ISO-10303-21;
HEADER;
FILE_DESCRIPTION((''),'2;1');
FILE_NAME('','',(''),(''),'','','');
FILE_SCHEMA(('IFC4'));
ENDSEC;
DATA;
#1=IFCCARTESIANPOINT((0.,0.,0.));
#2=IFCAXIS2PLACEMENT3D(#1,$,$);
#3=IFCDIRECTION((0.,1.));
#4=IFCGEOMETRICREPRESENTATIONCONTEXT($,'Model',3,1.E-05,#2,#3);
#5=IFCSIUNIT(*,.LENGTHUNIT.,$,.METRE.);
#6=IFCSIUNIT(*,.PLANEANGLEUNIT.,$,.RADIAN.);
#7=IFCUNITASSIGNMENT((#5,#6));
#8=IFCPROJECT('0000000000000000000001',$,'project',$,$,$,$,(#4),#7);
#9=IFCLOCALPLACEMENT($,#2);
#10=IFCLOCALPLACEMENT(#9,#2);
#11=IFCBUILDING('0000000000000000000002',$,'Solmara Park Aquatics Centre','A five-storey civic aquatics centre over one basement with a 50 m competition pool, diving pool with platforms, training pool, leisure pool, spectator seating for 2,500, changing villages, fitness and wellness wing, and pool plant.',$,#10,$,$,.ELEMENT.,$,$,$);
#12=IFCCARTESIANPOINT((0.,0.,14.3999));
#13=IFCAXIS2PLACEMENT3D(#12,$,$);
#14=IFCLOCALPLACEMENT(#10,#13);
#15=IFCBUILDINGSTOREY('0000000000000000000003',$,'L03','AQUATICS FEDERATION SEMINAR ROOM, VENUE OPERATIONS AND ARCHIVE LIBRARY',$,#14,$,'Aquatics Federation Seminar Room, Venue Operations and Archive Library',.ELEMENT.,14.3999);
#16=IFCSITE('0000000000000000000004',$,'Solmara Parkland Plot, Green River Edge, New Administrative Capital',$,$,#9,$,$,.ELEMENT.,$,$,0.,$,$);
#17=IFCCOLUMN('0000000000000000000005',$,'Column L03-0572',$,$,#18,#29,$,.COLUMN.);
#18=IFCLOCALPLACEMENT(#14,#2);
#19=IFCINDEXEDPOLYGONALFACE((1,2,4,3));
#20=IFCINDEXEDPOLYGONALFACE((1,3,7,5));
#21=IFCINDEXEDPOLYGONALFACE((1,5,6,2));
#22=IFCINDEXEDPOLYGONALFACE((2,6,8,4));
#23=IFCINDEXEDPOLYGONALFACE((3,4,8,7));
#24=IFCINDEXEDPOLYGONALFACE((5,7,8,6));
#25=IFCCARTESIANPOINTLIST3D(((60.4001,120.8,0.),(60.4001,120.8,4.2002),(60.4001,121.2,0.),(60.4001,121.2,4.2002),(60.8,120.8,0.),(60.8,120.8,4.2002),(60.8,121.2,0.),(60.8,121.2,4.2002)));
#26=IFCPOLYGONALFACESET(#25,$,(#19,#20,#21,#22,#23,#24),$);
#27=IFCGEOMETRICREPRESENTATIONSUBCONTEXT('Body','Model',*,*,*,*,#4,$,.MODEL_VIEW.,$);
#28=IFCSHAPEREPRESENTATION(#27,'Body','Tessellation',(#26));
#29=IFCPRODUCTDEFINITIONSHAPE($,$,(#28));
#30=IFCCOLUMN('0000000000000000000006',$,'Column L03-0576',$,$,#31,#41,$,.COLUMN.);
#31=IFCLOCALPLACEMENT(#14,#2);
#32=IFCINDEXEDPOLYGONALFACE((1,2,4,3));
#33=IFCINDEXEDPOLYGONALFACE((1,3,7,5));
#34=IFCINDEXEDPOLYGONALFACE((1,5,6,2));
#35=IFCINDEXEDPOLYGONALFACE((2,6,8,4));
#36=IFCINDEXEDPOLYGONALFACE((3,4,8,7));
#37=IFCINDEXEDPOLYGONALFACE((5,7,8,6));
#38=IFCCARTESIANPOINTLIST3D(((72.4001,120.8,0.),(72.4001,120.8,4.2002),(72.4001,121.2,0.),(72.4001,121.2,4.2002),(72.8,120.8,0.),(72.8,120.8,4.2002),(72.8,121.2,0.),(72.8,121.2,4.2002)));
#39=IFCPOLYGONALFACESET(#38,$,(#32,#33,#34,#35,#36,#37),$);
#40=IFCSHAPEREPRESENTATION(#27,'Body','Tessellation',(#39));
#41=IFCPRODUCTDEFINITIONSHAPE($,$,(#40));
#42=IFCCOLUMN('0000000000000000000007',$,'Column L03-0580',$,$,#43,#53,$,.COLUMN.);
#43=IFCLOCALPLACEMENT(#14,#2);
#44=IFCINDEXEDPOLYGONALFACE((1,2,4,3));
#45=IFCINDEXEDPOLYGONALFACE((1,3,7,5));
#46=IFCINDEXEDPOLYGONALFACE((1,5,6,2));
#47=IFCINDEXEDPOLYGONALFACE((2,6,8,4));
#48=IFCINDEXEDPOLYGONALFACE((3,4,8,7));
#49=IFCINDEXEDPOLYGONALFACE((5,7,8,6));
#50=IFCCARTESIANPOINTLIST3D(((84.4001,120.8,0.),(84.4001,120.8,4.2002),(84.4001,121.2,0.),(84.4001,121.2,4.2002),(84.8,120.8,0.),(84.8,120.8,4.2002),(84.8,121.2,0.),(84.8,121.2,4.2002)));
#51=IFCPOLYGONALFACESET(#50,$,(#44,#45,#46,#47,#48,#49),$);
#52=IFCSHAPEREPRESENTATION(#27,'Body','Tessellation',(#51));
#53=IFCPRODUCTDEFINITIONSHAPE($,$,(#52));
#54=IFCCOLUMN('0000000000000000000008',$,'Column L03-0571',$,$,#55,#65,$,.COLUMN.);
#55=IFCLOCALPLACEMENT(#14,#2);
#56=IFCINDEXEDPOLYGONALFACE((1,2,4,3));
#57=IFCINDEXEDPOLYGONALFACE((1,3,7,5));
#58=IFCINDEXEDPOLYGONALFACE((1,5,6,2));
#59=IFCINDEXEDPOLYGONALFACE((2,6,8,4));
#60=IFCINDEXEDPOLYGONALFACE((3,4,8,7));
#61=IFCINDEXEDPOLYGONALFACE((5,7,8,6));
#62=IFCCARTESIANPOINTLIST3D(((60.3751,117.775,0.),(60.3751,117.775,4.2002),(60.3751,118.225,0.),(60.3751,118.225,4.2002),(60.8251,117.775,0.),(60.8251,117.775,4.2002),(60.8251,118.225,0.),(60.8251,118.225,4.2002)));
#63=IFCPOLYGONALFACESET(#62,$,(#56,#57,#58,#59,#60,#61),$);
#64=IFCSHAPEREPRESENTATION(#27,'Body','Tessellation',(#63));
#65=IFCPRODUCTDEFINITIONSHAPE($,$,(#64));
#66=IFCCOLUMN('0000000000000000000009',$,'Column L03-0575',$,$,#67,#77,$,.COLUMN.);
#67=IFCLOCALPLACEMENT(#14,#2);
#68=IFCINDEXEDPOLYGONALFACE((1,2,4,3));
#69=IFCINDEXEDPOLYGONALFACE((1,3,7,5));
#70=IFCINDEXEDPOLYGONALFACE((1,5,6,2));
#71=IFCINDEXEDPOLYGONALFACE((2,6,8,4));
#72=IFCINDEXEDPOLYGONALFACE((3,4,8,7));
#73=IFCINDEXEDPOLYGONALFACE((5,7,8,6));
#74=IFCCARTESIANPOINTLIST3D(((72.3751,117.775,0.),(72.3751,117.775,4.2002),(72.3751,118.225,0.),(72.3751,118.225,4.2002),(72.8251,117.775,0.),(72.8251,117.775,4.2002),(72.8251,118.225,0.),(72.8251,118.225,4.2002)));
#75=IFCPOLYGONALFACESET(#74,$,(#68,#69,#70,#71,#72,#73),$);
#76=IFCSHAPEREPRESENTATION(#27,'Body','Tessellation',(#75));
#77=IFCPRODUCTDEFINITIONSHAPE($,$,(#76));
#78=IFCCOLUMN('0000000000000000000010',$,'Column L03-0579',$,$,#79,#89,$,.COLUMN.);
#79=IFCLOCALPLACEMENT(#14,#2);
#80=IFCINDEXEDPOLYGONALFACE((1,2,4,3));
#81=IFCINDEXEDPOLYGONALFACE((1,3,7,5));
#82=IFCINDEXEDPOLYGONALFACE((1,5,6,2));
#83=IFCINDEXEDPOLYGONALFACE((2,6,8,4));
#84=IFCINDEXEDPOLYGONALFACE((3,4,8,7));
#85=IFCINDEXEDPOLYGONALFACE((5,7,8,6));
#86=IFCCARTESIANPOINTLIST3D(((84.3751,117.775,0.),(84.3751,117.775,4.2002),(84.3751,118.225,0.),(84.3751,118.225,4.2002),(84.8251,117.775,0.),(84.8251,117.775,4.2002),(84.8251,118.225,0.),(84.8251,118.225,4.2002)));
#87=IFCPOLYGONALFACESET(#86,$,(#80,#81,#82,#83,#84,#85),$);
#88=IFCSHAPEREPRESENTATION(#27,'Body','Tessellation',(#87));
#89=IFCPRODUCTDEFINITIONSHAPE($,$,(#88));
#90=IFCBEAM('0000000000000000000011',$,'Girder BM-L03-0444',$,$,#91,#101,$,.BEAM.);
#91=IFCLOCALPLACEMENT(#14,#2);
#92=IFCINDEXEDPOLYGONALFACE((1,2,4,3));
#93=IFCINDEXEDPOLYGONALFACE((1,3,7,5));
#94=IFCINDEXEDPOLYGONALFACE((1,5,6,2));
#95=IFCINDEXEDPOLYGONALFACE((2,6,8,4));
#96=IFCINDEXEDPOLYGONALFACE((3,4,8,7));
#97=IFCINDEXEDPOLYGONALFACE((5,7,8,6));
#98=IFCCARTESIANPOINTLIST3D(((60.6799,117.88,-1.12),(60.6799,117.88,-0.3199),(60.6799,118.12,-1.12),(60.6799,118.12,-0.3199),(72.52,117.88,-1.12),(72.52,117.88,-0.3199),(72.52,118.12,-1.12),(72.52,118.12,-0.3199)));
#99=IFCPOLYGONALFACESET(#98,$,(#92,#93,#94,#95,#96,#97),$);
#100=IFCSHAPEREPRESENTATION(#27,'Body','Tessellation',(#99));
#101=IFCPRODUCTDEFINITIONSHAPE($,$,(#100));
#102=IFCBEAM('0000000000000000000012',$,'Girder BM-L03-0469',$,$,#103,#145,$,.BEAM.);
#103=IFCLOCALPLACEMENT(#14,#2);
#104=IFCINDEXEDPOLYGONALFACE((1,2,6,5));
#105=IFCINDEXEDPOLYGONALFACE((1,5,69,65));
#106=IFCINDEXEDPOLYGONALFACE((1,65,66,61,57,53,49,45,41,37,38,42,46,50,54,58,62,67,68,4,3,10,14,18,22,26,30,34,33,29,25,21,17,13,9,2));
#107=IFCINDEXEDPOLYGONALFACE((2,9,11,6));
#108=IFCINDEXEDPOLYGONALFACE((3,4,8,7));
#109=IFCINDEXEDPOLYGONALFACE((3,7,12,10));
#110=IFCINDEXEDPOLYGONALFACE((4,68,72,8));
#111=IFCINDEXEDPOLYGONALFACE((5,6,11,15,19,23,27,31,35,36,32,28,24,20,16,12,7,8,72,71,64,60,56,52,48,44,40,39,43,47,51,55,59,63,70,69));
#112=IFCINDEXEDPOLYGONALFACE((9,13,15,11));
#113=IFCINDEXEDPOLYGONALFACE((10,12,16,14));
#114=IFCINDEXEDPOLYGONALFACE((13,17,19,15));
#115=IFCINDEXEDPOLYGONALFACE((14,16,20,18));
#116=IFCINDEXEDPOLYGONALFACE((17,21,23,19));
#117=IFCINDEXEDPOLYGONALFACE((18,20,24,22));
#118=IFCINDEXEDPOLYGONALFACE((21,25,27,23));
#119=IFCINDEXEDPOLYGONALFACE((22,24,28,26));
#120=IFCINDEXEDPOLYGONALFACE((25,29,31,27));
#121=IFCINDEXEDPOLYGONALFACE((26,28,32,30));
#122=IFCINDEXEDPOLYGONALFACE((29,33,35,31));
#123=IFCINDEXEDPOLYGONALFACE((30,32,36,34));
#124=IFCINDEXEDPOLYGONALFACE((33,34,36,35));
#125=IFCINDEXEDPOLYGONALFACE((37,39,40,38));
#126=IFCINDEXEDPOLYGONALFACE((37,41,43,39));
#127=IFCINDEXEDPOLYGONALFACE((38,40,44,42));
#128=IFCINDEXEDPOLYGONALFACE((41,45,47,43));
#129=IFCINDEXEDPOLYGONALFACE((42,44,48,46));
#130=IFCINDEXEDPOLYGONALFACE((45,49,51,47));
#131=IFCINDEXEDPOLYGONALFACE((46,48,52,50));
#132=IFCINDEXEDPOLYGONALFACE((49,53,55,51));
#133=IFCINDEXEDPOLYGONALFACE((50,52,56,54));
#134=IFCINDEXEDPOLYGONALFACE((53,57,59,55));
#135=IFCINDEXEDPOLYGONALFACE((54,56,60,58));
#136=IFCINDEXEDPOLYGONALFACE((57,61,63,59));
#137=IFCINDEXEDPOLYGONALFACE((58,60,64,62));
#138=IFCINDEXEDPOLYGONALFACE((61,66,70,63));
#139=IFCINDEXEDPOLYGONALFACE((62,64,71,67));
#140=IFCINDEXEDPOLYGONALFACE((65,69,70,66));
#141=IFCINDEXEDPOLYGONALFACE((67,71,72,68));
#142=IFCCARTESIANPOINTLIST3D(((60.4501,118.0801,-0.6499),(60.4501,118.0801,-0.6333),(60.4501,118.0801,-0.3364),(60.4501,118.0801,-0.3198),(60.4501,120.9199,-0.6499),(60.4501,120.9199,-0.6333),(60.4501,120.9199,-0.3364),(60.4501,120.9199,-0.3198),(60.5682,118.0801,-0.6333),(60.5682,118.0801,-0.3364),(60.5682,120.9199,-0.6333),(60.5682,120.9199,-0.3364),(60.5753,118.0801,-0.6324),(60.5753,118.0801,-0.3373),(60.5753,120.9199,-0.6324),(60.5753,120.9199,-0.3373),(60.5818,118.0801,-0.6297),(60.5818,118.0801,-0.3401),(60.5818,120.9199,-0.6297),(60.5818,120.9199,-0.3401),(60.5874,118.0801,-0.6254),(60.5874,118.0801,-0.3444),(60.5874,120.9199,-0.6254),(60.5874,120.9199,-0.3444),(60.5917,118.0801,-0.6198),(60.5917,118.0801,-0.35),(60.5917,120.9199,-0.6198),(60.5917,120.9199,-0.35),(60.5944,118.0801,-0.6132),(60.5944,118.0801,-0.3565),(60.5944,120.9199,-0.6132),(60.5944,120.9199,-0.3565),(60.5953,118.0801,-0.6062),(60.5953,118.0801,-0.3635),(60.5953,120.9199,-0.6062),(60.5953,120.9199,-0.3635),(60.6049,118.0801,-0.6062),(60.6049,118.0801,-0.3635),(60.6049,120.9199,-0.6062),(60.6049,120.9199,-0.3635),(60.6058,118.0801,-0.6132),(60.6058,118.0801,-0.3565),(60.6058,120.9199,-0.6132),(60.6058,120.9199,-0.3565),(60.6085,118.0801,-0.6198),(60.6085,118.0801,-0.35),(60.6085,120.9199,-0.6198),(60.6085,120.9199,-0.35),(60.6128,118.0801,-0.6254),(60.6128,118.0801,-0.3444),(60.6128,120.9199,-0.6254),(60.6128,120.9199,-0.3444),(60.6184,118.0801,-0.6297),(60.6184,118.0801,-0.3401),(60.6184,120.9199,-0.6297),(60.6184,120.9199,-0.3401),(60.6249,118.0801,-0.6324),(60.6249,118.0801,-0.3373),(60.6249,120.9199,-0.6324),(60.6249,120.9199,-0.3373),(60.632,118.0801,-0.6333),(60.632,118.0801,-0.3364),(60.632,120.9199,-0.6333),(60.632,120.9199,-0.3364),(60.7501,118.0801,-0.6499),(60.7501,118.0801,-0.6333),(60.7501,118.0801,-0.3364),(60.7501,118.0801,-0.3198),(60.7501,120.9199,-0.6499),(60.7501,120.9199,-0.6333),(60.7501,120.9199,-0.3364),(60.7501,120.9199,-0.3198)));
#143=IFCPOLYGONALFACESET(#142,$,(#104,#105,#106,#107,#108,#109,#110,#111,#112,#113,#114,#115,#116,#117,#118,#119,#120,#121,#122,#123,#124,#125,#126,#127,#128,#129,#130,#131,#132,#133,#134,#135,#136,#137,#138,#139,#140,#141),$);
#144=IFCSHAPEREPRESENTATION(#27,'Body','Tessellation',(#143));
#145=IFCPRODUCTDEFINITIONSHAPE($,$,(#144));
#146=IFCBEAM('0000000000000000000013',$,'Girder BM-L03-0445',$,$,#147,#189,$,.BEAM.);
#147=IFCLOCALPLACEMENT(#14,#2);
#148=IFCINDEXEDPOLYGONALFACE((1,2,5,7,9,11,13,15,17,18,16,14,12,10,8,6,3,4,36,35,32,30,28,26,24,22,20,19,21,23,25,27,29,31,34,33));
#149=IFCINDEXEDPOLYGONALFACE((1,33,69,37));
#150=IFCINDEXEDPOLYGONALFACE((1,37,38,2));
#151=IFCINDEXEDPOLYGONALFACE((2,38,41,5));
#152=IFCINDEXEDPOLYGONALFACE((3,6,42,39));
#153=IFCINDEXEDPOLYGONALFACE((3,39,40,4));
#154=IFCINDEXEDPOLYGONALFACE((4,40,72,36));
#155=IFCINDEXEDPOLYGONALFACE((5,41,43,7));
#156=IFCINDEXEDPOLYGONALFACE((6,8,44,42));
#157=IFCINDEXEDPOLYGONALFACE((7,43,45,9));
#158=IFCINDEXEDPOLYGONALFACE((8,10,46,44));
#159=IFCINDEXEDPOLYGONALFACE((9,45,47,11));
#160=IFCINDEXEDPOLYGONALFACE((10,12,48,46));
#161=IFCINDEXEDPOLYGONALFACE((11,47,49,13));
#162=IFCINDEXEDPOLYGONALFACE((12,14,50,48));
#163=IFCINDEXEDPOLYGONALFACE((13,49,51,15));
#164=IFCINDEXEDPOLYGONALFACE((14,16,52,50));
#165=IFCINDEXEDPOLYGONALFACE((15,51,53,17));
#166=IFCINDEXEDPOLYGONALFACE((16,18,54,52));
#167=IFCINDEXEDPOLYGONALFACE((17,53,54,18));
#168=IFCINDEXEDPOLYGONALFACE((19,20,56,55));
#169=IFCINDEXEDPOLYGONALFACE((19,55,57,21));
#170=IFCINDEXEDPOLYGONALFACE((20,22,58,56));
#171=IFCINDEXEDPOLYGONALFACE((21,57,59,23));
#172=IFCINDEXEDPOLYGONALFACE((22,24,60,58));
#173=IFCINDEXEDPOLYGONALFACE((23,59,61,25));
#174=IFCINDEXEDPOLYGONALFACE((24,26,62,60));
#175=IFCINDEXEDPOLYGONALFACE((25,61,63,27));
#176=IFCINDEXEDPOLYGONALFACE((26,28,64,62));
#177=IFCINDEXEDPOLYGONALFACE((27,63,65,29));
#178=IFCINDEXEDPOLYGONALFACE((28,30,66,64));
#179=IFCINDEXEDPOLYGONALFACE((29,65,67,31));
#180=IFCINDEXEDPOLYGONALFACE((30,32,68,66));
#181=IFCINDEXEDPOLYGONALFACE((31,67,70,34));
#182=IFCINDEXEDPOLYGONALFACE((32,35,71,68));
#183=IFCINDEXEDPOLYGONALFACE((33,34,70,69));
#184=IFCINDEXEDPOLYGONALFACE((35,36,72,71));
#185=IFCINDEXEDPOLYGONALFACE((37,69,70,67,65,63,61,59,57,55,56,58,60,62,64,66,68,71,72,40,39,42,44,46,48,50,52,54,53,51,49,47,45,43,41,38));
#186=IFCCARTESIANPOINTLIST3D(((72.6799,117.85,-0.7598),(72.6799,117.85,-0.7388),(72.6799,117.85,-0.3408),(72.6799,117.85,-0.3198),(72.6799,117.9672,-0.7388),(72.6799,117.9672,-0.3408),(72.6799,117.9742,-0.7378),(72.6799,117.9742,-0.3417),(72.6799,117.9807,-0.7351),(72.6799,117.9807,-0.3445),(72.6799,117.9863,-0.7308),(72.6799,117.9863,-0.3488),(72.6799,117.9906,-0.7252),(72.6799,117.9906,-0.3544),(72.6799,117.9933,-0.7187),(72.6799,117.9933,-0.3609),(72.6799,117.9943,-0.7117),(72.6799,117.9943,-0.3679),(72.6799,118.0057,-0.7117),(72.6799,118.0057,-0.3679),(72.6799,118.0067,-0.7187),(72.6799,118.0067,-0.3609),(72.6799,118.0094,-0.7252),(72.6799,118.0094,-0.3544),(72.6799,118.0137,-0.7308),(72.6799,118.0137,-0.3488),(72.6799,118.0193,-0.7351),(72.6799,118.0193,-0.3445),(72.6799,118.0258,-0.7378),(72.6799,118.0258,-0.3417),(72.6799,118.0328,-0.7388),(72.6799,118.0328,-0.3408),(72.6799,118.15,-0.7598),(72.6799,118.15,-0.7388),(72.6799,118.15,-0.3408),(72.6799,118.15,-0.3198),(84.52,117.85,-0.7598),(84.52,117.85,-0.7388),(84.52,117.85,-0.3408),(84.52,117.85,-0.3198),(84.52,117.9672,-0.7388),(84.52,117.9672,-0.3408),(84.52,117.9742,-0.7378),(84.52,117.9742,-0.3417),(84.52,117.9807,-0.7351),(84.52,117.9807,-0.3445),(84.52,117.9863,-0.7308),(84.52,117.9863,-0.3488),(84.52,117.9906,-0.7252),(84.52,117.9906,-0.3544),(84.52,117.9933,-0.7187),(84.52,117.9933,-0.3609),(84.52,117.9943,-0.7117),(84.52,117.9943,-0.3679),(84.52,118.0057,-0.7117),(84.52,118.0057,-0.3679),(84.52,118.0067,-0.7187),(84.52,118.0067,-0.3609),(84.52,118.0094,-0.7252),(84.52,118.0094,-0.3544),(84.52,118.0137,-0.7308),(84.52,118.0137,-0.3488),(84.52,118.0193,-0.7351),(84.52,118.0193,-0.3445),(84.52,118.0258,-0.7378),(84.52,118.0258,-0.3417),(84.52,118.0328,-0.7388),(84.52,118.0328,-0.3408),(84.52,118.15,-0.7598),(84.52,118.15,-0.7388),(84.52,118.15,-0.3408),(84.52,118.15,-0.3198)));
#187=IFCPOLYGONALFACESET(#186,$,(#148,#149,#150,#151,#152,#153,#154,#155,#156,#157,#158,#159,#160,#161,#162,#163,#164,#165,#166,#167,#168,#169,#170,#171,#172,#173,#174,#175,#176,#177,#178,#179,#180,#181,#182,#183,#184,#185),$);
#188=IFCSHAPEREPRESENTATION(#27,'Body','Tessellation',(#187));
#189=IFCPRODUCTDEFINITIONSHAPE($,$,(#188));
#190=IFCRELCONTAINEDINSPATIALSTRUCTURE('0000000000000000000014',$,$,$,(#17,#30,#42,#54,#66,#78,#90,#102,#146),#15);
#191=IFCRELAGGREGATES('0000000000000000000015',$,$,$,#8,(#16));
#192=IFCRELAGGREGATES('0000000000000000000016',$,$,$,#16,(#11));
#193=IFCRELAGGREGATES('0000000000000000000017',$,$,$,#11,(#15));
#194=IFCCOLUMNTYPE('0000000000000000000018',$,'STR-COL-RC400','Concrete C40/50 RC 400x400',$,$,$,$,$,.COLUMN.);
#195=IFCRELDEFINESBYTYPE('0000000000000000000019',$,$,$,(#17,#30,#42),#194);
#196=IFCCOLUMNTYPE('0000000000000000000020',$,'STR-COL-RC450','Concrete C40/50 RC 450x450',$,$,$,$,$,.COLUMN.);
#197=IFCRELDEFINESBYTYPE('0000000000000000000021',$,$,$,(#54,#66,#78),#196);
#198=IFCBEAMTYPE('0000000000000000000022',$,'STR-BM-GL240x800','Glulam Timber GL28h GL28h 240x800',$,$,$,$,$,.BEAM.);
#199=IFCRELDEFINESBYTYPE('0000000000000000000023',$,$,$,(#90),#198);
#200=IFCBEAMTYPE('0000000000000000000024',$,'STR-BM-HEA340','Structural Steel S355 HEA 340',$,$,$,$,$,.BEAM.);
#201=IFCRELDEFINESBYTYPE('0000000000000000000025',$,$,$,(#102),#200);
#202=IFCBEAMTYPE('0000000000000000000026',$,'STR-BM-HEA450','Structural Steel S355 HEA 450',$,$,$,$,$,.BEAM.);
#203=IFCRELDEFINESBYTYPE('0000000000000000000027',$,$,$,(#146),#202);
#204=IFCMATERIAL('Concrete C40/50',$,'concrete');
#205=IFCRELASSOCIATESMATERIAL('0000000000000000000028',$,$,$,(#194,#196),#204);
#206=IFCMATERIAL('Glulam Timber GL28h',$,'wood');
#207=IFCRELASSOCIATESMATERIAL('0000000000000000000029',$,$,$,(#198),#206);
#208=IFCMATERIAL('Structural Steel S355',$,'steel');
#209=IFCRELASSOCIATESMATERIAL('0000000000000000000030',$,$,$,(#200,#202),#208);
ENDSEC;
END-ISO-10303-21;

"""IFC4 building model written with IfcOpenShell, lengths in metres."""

from ifc_helpers import new_model, si_unit, direction, frame, origin, origin_2d, place, context, subcontext, project, spatial, rectangle, i_section, extrude, material, material_profile, profile_set, type_object, element, save


model = new_model("IFC4")

# Units and contexts
model_context = context("Model", 3, precision=1e-05, world=origin(), true_north=direction((0.0, 1.0)))
body_context = subcontext(model_context, "Body", "Model", "MODEL_VIEW")
ifc_project = project(units=[si_unit("LENGTHUNIT", "METRE"), si_unit("PLANEANGLEUNIT", "RADIAN")], contexts=[model_context])

# Site, building, storey
site_placement = place(None, origin())
site = spatial("IfcSite", under=ifc_project, at=site_placement, Name="Solmara Parkland Plot, Green River Edge, New Administrative Capital", CompositionType="ELEMENT", RefElevation=0.0)
building_placement = place(site_placement, origin())
building = spatial("IfcBuilding", under=site, at=building_placement, Name="Solmara Park Aquatics Centre", Description="A five-storey civic aquatics centre over one basement with a 50 m competition pool, diving pool with platforms, training pool, leisure pool, spectator seating for 2,500, changing villages, fitness and wellness wing, and pool plant.", CompositionType="ELEMENT")
storey_placement = place(building_placement, frame((0.0, 0.0, 14.3999)))
storey = spatial("IfcBuildingStorey", under=building, at=storey_placement, Name="L03", Description="AQUATICS FEDERATION SEMINAR ROOM, VENUE OPERATIONS AND ARCHIVE LIBRARY", LongName="Aquatics Federation Seminar Room, Venue Operations and Archive Library", CompositionType="ELEMENT", Elevation=14.3999)

# Columns
ifc_material_1 = material(Name="Concrete C40/50", Category="concrete")
ifc_material_profile_1 = material_profile(ifc_material_1, rectangle(XDim=0.3999, YDim=0.3999, at=origin_2d()), Name="RC 400x400")
ifc_profile_set_1 = profile_set([ifc_material_profile_1], Name="Concrete C40/50")
column_type_1 = type_object("IfcColumnType", Name="STR-COL-RC400", Description="Concrete C40/50 RC 400x400", PredefinedType="COLUMN", material=ifc_profile_set_1)
for number, where, z_axis, x_axis, name in (
    (1, (60.6001, 121.0, 0.0), (0.0, 0.0, 1.0), (1.0, 0.0, 0.0), "Column L03-0572"),
    (2, (72.6001, 121.0, 0.0), (0.0, 0.0, 1.0), (1.0, 0.0, 0.0), "Column L03-0576"),
    (3, (84.6001, 121.0, 0.0), (0.0, 0.0, 1.0), (1.0, 0.0, 0.0), "Column L03-0580"),
):
    element("IfcColumn", number, at=place(storey_placement, frame(where, z_axis=z_axis, x_axis=x_axis)), inside=storey, type_object=column_type_1, Name=name, PredefinedType="COLUMN", context=body_context, shape_type="SweptSolid", body=[
        extrude(rectangle(XDim=0.3999, YDim=0.3999, at=origin_2d()), origin(), (0.0, 0.0, 1.0), 4.2002),
    ])
ifc_material_profile_2 = material_profile(ifc_material_1, rectangle(XDim=0.45, YDim=0.45, at=origin_2d()), Name="RC 450x450")
ifc_profile_set_2 = profile_set([ifc_material_profile_2], Name="Concrete C40/50")
column_type_2 = type_object("IfcColumnType", Name="STR-COL-RC450", Description="Concrete C40/50 RC 450x450", PredefinedType="COLUMN", material=ifc_profile_set_2)
for number, where, z_axis, x_axis, name in (
    (4, (60.6001, 118.0, 0.0), (0.0, 0.0, 1.0), (1.0, 0.0, 0.0), "Column L03-0571"),
    (5, (72.6001, 118.0, 0.0), (0.0, 0.0, 1.0), (1.0, 0.0, 0.0), "Column L03-0575"),
    (6, (84.6001, 118.0, 0.0), (0.0, 0.0, 1.0), (1.0, 0.0, 0.0), "Column L03-0579"),
):
    element("IfcColumn", number, at=place(storey_placement, frame(where, z_axis=z_axis, x_axis=x_axis)), inside=storey, type_object=column_type_2, Name=name, PredefinedType="COLUMN", context=body_context, shape_type="SweptSolid", body=[
        extrude(rectangle(XDim=0.45, YDim=0.45, at=origin_2d()), origin(), (0.0, 0.0, 1.0), 4.2002),
    ])

# Beams
ifc_material_2 = material(Name="Glulam Timber GL28h", Category="wood")
ifc_material_profile_3 = material_profile(ifc_material_2, rectangle(XDim=0.24, YDim=0.8, at=origin_2d()), Name="GL28h 240x800")
ifc_profile_set_3 = profile_set([ifc_material_profile_3], Name="Glulam Timber GL28h")
beam_type_1 = type_object("IfcBeamType", Name="STR-BM-GL240x800", Description="Glulam Timber GL28h GL28h 240x800", PredefinedType="BEAM", material=ifc_profile_set_3)
beam_1_placement = place(storey_placement, frame((60.6799, 118.0, -0.72), z_axis=(1.0, 0.0, 0.0), x_axis=(0.0, 1.0, 0.0)))
element("IfcBeam", 7, at=beam_1_placement, inside=storey, type_object=beam_type_1, Name="Girder BM-L03-0444", PredefinedType="BEAM", context=body_context, shape_type="SweptSolid", body=[
    extrude(rectangle(XDim=0.24, YDim=0.8, at=origin_2d()), origin(), (0.0, 0.0, 1.0), 11.8401),
])
ifc_material_3 = material(Name="Structural Steel S355", Category="steel")
ifc_material_profile_4 = material_profile(ifc_material_3, i_section(OverallWidth=0.3, OverallDepth=0.3301, WebThickness=0.0095, FlangeThickness=0.0166, FilletRadius=0.0271, at=origin_2d()), Name="HEA 340")
ifc_profile_set_4 = profile_set([ifc_material_profile_4], Name="Structural Steel S355")
beam_type_2 = type_object("IfcBeamType", Name="STR-BM-HEA340", Description="Structural Steel S355 HEA 340", PredefinedType="BEAM", material=ifc_profile_set_4)
beam_2_placement = place(storey_placement, frame((60.6001, 118.0801, -0.4849), z_axis=(0.0, 1.0, 0.0), x_axis=(-1.0, 0.0, 0.0)))
element("IfcBeam", 8, at=beam_2_placement, inside=storey, type_object=beam_type_2, Name="Girder BM-L03-0469", PredefinedType="BEAM", context=body_context, shape_type="SweptSolid", body=[
    extrude(i_section(OverallWidth=0.3, OverallDepth=0.3301, WebThickness=0.0095, FlangeThickness=0.0166, FilletRadius=0.0271, at=origin_2d()), origin(), (0.0, 0.0, 1.0), 2.8398),
])
ifc_material_profile_5 = material_profile(ifc_material_3, i_section(OverallWidth=0.3, OverallDepth=0.4399, WebThickness=0.0115, FlangeThickness=0.021, FilletRadius=0.0271, at=origin_2d()), Name="HEA 450")
ifc_profile_set_5 = profile_set([ifc_material_profile_5], Name="Structural Steel S355")
beam_type_3 = type_object("IfcBeamType", Name="STR-BM-HEA450", Description="Structural Steel S355 HEA 450", PredefinedType="BEAM", material=ifc_profile_set_5)
for number, where, z_axis, x_axis, name in (
    (9, (72.6799, 118.0, -0.5398), (1.0, 0.0, 0.0), (0.0, 1.0, 0.0), "Girder BM-L03-0445"),
):
    element("IfcBeam", number, at=place(storey_placement, frame(where, z_axis=z_axis, x_axis=x_axis)), inside=storey, type_object=beam_type_3, Name=name, PredefinedType="BEAM", context=body_context, shape_type="SweptSolid", body=[
        extrude(i_section(OverallWidth=0.3, OverallDepth=0.4399, WebThickness=0.0115, FlangeThickness=0.021, FilletRadius=0.0271, at=origin_2d()), origin(), (0.0, 0.0, 1.0), 11.8401),
    ])

save(model, "model.ifc")
